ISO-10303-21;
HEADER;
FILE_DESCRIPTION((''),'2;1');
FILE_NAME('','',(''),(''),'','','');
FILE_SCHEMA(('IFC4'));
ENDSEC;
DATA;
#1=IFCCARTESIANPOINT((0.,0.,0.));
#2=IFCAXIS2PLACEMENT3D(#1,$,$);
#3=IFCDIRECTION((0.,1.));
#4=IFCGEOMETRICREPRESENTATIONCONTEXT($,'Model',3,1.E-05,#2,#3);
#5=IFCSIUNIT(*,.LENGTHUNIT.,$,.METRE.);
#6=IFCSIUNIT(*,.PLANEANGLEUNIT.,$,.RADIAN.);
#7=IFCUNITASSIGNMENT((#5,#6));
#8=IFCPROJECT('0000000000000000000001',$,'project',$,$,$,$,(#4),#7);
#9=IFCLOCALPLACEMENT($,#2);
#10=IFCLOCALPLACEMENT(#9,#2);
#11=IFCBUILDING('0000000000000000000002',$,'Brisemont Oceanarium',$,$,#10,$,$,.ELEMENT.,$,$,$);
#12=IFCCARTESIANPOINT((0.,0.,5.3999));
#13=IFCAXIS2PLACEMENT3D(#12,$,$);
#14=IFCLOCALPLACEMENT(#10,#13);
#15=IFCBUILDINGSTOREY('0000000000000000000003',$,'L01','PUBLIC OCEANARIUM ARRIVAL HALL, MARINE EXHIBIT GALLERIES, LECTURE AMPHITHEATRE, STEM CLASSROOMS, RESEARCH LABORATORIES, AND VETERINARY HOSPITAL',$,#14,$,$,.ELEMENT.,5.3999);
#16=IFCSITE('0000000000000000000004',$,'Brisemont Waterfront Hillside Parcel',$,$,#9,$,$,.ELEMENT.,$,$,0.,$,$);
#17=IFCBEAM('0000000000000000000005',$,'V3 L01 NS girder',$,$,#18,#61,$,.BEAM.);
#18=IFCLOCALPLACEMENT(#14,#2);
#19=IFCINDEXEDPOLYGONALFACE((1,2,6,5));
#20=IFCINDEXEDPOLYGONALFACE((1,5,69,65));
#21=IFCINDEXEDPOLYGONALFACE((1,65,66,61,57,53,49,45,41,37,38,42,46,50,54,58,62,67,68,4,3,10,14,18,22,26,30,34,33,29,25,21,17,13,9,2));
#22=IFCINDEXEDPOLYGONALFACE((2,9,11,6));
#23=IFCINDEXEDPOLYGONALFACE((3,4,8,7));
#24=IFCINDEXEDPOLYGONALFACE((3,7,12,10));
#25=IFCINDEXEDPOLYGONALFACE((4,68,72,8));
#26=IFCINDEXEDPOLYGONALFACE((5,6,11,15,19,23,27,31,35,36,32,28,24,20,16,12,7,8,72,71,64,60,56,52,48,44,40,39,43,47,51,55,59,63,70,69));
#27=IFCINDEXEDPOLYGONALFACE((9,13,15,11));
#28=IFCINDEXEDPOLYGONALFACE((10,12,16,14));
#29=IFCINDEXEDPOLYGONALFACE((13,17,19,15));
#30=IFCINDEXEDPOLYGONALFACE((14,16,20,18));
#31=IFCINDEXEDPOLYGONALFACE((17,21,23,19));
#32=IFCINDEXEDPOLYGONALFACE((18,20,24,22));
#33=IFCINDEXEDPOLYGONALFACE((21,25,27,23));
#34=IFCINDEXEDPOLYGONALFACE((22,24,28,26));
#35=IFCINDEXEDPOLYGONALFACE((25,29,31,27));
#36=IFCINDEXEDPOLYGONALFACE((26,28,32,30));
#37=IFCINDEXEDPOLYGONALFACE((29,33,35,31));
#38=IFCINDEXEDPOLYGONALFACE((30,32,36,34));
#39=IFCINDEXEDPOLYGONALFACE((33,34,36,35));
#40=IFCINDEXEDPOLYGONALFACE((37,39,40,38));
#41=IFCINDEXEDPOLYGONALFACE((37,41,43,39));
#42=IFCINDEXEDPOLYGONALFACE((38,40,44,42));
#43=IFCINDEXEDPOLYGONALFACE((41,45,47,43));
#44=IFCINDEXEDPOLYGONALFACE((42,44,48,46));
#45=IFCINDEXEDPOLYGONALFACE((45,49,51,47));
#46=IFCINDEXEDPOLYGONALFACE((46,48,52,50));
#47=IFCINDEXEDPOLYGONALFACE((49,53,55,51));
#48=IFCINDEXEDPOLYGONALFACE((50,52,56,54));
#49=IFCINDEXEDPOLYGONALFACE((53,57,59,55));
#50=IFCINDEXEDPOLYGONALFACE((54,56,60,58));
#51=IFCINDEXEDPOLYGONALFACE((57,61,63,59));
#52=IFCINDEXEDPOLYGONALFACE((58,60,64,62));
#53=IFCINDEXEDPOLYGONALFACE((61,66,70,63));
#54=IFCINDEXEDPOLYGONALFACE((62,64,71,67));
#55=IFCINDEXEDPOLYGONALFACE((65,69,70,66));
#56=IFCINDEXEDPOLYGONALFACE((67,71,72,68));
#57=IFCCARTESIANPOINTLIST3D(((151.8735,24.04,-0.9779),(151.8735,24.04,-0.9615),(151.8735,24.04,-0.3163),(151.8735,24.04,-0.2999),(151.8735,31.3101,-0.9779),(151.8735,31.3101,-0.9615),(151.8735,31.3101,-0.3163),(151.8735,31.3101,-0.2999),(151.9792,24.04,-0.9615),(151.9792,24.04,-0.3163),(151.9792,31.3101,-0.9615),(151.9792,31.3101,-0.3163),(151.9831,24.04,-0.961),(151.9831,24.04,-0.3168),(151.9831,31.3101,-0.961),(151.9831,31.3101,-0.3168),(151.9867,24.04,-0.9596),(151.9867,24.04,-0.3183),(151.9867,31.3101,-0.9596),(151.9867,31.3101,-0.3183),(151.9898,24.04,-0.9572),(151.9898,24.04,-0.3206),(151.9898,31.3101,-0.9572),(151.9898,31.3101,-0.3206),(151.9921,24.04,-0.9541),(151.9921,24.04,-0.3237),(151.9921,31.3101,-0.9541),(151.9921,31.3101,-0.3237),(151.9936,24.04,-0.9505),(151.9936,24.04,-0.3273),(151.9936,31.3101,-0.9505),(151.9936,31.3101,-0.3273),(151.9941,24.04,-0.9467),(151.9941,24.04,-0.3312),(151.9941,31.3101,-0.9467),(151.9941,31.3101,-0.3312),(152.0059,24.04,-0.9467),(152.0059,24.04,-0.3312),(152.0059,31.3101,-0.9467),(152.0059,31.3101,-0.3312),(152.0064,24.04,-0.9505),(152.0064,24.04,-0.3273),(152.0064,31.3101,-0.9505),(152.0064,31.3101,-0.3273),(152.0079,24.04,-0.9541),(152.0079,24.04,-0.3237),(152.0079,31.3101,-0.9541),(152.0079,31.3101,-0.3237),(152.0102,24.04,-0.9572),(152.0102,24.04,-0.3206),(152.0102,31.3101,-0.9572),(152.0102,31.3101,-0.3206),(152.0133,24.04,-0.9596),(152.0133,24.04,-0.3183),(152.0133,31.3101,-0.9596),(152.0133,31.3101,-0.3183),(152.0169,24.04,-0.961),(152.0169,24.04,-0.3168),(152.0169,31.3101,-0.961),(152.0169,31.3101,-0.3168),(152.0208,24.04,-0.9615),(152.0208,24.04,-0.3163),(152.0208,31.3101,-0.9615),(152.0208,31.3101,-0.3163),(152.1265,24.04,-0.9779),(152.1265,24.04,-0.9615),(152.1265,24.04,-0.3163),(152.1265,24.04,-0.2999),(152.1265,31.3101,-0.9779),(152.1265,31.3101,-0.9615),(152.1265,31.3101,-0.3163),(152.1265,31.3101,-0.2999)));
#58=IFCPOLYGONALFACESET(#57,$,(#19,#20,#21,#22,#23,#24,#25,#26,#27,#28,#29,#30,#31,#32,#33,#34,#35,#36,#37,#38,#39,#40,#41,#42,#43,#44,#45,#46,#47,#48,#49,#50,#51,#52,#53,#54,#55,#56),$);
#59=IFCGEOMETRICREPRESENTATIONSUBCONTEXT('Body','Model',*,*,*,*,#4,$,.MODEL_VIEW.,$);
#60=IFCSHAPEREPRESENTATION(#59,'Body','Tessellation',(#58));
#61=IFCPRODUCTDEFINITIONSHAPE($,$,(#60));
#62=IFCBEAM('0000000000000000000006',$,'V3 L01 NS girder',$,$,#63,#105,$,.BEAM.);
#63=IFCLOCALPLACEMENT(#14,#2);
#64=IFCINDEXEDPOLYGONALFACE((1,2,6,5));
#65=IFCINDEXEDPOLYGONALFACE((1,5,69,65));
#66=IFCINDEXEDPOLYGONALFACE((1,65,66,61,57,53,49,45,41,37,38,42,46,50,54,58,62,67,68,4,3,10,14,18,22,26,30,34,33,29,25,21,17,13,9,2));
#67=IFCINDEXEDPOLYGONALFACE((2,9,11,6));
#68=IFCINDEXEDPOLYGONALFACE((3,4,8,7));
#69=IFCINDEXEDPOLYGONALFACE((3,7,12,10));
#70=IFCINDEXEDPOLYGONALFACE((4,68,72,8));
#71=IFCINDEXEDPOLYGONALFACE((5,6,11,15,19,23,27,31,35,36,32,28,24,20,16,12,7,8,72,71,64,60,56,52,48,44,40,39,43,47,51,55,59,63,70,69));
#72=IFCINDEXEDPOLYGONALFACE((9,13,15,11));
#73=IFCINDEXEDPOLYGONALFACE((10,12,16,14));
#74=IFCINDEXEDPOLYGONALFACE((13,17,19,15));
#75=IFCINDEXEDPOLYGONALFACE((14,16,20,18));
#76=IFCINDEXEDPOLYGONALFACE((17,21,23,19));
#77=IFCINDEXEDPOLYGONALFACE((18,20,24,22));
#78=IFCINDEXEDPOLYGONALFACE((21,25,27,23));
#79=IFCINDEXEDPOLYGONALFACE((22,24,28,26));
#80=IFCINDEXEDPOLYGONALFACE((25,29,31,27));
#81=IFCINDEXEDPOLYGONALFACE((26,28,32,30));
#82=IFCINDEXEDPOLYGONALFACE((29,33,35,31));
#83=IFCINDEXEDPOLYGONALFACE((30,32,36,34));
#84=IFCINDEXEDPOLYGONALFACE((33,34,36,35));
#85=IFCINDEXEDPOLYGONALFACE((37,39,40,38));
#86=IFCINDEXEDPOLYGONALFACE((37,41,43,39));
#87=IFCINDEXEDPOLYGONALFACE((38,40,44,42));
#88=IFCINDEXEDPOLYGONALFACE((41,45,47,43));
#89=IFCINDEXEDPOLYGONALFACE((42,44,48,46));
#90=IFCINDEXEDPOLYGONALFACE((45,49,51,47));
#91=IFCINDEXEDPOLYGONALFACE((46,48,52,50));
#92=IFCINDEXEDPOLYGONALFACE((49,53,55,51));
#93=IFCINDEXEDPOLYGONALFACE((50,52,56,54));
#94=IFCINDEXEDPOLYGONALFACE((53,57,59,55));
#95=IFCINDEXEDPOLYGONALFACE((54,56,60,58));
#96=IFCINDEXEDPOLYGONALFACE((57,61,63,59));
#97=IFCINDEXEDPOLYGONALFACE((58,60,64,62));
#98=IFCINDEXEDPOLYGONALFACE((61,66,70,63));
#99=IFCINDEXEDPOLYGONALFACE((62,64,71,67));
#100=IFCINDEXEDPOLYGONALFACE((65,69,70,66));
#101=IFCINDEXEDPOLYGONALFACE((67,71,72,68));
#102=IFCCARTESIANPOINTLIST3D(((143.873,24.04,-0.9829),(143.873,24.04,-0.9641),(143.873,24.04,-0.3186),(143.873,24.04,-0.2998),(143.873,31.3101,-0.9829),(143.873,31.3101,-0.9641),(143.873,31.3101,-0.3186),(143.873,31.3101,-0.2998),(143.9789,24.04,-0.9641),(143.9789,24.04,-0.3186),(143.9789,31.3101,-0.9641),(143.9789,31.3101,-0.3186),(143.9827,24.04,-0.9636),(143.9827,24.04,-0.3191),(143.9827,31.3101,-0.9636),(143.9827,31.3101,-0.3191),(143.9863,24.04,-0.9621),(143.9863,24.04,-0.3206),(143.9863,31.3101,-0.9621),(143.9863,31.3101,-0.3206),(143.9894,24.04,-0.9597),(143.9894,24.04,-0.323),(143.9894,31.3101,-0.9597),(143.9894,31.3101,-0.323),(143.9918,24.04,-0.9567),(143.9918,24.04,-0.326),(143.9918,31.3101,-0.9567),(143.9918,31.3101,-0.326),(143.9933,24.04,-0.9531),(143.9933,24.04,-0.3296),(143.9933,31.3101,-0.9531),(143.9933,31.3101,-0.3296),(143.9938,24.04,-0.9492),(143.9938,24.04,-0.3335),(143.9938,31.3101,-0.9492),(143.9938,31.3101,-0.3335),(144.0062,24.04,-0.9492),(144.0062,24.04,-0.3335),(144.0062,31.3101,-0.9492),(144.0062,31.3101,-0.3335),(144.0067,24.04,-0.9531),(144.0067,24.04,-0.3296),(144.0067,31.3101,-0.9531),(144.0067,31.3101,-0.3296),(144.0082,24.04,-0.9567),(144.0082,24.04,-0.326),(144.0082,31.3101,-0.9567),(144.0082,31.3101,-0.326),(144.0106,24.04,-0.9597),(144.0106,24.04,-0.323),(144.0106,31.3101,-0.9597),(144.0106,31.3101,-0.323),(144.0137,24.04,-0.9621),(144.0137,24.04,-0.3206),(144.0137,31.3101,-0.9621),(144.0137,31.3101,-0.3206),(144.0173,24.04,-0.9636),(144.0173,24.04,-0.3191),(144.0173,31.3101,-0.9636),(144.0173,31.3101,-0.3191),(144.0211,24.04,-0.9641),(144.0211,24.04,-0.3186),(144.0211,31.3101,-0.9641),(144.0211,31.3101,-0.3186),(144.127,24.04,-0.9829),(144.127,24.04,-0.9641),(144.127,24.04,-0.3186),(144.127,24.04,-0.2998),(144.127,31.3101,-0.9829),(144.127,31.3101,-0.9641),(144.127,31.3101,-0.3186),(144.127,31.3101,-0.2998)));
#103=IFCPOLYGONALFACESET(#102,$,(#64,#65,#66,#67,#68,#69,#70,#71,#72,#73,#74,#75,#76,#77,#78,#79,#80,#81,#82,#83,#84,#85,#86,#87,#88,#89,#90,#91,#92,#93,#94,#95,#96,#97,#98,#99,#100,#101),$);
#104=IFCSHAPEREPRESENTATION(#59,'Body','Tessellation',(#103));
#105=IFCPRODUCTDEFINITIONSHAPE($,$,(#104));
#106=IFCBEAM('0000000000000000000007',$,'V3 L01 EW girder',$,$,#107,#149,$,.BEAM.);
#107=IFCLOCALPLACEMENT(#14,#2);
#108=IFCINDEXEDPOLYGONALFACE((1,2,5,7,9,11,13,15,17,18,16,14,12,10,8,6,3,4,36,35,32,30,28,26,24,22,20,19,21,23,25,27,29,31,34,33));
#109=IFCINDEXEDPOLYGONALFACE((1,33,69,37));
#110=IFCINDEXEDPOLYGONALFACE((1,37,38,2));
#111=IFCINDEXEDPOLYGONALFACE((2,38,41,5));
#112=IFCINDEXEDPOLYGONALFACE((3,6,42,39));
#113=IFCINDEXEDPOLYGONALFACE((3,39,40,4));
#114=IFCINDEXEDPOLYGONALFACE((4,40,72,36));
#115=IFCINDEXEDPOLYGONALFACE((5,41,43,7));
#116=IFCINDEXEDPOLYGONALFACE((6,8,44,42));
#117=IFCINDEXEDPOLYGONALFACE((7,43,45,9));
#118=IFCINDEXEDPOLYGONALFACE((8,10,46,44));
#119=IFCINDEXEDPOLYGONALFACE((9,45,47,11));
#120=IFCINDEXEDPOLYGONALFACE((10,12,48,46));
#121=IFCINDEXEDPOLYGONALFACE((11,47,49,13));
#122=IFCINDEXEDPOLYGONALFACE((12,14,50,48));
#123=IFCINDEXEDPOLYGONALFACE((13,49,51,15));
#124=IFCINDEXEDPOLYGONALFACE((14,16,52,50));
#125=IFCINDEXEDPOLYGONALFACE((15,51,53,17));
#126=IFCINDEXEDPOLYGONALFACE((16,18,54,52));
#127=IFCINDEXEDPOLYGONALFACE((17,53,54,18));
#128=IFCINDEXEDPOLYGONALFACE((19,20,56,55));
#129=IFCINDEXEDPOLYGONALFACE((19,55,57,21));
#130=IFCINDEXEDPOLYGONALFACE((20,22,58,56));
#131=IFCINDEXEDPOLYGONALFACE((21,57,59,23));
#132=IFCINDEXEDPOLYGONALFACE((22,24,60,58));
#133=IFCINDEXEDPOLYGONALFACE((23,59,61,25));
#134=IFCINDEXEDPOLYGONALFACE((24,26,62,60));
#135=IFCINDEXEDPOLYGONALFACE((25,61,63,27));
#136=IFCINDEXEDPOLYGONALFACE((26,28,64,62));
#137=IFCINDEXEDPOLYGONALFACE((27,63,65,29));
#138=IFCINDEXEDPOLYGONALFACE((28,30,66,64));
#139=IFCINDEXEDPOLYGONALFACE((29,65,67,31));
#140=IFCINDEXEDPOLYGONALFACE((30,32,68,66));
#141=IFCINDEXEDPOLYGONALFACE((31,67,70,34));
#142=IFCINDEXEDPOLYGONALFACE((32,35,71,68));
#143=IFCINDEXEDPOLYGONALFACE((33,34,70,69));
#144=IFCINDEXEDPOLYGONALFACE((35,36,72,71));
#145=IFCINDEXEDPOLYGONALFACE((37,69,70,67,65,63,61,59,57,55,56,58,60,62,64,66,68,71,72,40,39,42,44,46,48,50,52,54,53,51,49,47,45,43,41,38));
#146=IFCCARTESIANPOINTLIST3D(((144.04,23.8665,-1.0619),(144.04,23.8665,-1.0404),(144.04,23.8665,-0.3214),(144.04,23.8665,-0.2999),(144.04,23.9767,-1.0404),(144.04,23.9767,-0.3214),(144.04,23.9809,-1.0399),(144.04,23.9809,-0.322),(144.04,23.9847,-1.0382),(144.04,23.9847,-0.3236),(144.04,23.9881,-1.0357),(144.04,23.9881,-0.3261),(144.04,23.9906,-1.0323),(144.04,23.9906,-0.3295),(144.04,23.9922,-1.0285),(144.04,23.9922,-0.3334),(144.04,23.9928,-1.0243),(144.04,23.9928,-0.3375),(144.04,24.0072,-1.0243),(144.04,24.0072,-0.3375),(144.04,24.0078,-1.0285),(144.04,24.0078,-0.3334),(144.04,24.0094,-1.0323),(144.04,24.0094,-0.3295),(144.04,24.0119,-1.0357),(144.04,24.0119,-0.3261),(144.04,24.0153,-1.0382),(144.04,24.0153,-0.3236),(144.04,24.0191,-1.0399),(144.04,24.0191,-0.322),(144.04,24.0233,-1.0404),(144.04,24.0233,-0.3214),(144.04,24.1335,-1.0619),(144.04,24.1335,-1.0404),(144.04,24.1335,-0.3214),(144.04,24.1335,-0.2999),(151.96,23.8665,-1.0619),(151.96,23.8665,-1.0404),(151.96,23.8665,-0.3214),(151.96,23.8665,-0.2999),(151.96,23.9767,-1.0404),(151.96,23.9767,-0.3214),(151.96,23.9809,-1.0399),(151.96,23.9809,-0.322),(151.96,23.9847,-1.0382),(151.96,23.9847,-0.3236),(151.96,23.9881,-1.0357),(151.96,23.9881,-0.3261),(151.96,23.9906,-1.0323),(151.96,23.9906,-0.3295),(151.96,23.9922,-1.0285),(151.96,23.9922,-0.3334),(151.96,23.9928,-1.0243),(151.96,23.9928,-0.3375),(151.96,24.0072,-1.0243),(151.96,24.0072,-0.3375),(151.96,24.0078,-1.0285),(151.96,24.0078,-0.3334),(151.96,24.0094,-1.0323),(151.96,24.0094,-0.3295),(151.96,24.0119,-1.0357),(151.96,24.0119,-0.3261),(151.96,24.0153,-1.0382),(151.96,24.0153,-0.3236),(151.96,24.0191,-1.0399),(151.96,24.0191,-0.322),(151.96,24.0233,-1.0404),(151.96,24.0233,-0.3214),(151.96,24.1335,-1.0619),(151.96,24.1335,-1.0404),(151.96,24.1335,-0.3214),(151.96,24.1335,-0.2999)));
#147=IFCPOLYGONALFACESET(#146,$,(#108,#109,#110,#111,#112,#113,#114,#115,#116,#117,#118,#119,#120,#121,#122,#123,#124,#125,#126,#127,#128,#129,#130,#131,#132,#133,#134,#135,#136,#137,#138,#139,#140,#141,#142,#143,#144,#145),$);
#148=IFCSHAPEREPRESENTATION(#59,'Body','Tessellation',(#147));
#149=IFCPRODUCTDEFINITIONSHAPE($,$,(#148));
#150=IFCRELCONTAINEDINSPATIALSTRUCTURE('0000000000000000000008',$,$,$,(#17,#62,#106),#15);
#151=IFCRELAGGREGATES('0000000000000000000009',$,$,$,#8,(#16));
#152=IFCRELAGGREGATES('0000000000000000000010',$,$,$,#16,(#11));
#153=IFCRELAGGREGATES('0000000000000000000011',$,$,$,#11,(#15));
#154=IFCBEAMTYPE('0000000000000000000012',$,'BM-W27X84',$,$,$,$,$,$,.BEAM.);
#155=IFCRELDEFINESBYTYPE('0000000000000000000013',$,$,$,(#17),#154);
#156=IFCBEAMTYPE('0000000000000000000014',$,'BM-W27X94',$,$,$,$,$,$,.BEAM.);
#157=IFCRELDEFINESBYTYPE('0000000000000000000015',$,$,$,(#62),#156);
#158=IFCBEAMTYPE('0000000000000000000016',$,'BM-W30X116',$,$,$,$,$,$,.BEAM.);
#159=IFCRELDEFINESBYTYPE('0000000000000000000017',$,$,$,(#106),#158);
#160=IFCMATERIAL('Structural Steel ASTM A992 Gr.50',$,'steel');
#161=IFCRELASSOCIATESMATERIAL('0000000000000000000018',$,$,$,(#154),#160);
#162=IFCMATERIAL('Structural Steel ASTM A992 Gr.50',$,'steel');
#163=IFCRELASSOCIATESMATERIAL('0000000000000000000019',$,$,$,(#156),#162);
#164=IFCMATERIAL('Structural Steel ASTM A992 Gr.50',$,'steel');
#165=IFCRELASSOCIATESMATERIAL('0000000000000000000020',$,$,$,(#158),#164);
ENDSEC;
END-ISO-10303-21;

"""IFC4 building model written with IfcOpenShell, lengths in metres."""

from ifc_helpers import new_model, si_unit, direction, frame, origin, origin_2d, place, context, subcontext, project, spatial, i_section, extrude, material, material_profile, profile_set, type_object, element, save


model = new_model("IFC4")

# Units and contexts
model_context = context("Model", 3, precision=1e-05, world=origin(), true_north=direction((0.0, 1.0)))
body_context = subcontext(model_context, "Body", "Model", "MODEL_VIEW")
ifc_project = project(units=[si_unit("LENGTHUNIT", "METRE"), si_unit("PLANEANGLEUNIT", "RADIAN")], contexts=[model_context])

# Site, building, storey
site_placement = place(None, origin())
site = spatial("IfcSite", under=ifc_project, at=site_placement, Name="Brisemont Waterfront Hillside Parcel", CompositionType="ELEMENT", RefElevation=0.0)
building_placement = place(site_placement, origin())
building = spatial("IfcBuilding", under=site, at=building_placement, Name="Brisemont Oceanarium", CompositionType="ELEMENT")
storey_placement = place(building_placement, frame((0.0, 0.0, 5.3999)))
storey = spatial("IfcBuildingStorey", under=building, at=storey_placement, Name="L01", Description="PUBLIC OCEANARIUM ARRIVAL HALL, MARINE EXHIBIT GALLERIES, LECTURE AMPHITHEATRE, STEM CLASSROOMS, RESEARCH LABORATORIES, AND VETERINARY HOSPITAL", CompositionType="ELEMENT", Elevation=5.3999)

# Beams
ifc_material_1 = material(Name="Structural Steel ASTM A992 Gr.50", Category="steel")
ifc_material_profile_1 = material_profile(ifc_material_1, i_section(OverallWidth=0.2529, OverallDepth=0.678, WebThickness=0.0117, FlangeThickness=0.0164, FilletRadius=0.0149, at=origin_2d()), Name="W27X84")
ifc_profile_set_1 = profile_set([ifc_material_profile_1], Name="Structural Steel ASTM A992 Gr.50")
beam_type_1 = type_object("IfcBeamType", Name="BM-W27X84", PredefinedType="BEAM", material=ifc_profile_set_1)
beam_1_placement = place(storey_placement, frame((152.0, 24.04, -0.6389), z_axis=(0.0, 1.0, 0.0), x_axis=(-1.0, 0.0, 0.0)))
element("IfcBeam", 1, at=beam_1_placement, inside=storey, type_object=beam_type_1, Name="V3 L01 NS girder", PredefinedType="BEAM", context=body_context, shape_type="SweptSolid", body=[
    extrude(i_section(OverallWidth=0.2529, OverallDepth=0.678, WebThickness=0.0117, FlangeThickness=0.0164, FilletRadius=0.0149, at=origin_2d()), origin(), (0.0, 0.0, 1.0), 7.27),
])
ifc_material_2 = material(Name="Structural Steel ASTM A992 Gr.50", Category="steel")
ifc_material_profile_2 = material_profile(ifc_material_2, i_section(OverallWidth=0.2539, OverallDepth=0.6831, WebThickness=0.0125, FlangeThickness=0.0188, FilletRadius=0.0149, at=origin_2d()), Name="W27X94")
ifc_profile_set_2 = profile_set([ifc_material_profile_2], Name="Structural Steel ASTM A992 Gr.50")
beam_type_2 = type_object("IfcBeamType", Name="BM-W27X94", PredefinedType="BEAM", material=ifc_profile_set_2)
beam_2_placement = place(storey_placement, frame((144.0, 24.04, -0.6414), z_axis=(0.0, 1.0, 0.0), x_axis=(-1.0, 0.0, 0.0)))
element("IfcBeam", 2, at=beam_2_placement, inside=storey, type_object=beam_type_2, Name="V3 L01 NS girder", PredefinedType="BEAM", context=body_context, shape_type="SweptSolid", body=[
    extrude(i_section(OverallWidth=0.2539, OverallDepth=0.6831, WebThickness=0.0125, FlangeThickness=0.0188, FilletRadius=0.0149, at=origin_2d()), origin(), (0.0, 0.0, 1.0), 7.27),
])
ifc_material_3 = material(Name="Structural Steel ASTM A992 Gr.50", Category="steel")
ifc_material_profile_3 = material_profile(ifc_material_3, i_section(OverallWidth=0.2671, OverallDepth=0.762, WebThickness=0.0144, FlangeThickness=0.0215, FilletRadius=0.0161, at=origin_2d()), Name="W30X116")
ifc_profile_set_3 = profile_set([ifc_material_profile_3], Name="Structural Steel ASTM A992 Gr.50")
beam_type_3 = type_object("IfcBeamType", Name="BM-W30X116", PredefinedType="BEAM", material=ifc_profile_set_3)
beam_3_placement = place(storey_placement, frame((144.04, 24.0, -0.6809), z_axis=(1.0, 0.0, 0.0), x_axis=(0.0, 1.0, 0.0)))
element("IfcBeam", 3, at=beam_3_placement, inside=storey, type_object=beam_type_3, Name="V3 L01 EW girder", PredefinedType="BEAM", context=body_context, shape_type="SweptSolid", body=[
    extrude(i_section(OverallWidth=0.2671, OverallDepth=0.762, WebThickness=0.0144, FlangeThickness=0.0215, FilletRadius=0.0161, at=origin_2d()), origin(), (0.0, 0.0, 1.0), 7.9199),
])

save(model, "model.ifc")
